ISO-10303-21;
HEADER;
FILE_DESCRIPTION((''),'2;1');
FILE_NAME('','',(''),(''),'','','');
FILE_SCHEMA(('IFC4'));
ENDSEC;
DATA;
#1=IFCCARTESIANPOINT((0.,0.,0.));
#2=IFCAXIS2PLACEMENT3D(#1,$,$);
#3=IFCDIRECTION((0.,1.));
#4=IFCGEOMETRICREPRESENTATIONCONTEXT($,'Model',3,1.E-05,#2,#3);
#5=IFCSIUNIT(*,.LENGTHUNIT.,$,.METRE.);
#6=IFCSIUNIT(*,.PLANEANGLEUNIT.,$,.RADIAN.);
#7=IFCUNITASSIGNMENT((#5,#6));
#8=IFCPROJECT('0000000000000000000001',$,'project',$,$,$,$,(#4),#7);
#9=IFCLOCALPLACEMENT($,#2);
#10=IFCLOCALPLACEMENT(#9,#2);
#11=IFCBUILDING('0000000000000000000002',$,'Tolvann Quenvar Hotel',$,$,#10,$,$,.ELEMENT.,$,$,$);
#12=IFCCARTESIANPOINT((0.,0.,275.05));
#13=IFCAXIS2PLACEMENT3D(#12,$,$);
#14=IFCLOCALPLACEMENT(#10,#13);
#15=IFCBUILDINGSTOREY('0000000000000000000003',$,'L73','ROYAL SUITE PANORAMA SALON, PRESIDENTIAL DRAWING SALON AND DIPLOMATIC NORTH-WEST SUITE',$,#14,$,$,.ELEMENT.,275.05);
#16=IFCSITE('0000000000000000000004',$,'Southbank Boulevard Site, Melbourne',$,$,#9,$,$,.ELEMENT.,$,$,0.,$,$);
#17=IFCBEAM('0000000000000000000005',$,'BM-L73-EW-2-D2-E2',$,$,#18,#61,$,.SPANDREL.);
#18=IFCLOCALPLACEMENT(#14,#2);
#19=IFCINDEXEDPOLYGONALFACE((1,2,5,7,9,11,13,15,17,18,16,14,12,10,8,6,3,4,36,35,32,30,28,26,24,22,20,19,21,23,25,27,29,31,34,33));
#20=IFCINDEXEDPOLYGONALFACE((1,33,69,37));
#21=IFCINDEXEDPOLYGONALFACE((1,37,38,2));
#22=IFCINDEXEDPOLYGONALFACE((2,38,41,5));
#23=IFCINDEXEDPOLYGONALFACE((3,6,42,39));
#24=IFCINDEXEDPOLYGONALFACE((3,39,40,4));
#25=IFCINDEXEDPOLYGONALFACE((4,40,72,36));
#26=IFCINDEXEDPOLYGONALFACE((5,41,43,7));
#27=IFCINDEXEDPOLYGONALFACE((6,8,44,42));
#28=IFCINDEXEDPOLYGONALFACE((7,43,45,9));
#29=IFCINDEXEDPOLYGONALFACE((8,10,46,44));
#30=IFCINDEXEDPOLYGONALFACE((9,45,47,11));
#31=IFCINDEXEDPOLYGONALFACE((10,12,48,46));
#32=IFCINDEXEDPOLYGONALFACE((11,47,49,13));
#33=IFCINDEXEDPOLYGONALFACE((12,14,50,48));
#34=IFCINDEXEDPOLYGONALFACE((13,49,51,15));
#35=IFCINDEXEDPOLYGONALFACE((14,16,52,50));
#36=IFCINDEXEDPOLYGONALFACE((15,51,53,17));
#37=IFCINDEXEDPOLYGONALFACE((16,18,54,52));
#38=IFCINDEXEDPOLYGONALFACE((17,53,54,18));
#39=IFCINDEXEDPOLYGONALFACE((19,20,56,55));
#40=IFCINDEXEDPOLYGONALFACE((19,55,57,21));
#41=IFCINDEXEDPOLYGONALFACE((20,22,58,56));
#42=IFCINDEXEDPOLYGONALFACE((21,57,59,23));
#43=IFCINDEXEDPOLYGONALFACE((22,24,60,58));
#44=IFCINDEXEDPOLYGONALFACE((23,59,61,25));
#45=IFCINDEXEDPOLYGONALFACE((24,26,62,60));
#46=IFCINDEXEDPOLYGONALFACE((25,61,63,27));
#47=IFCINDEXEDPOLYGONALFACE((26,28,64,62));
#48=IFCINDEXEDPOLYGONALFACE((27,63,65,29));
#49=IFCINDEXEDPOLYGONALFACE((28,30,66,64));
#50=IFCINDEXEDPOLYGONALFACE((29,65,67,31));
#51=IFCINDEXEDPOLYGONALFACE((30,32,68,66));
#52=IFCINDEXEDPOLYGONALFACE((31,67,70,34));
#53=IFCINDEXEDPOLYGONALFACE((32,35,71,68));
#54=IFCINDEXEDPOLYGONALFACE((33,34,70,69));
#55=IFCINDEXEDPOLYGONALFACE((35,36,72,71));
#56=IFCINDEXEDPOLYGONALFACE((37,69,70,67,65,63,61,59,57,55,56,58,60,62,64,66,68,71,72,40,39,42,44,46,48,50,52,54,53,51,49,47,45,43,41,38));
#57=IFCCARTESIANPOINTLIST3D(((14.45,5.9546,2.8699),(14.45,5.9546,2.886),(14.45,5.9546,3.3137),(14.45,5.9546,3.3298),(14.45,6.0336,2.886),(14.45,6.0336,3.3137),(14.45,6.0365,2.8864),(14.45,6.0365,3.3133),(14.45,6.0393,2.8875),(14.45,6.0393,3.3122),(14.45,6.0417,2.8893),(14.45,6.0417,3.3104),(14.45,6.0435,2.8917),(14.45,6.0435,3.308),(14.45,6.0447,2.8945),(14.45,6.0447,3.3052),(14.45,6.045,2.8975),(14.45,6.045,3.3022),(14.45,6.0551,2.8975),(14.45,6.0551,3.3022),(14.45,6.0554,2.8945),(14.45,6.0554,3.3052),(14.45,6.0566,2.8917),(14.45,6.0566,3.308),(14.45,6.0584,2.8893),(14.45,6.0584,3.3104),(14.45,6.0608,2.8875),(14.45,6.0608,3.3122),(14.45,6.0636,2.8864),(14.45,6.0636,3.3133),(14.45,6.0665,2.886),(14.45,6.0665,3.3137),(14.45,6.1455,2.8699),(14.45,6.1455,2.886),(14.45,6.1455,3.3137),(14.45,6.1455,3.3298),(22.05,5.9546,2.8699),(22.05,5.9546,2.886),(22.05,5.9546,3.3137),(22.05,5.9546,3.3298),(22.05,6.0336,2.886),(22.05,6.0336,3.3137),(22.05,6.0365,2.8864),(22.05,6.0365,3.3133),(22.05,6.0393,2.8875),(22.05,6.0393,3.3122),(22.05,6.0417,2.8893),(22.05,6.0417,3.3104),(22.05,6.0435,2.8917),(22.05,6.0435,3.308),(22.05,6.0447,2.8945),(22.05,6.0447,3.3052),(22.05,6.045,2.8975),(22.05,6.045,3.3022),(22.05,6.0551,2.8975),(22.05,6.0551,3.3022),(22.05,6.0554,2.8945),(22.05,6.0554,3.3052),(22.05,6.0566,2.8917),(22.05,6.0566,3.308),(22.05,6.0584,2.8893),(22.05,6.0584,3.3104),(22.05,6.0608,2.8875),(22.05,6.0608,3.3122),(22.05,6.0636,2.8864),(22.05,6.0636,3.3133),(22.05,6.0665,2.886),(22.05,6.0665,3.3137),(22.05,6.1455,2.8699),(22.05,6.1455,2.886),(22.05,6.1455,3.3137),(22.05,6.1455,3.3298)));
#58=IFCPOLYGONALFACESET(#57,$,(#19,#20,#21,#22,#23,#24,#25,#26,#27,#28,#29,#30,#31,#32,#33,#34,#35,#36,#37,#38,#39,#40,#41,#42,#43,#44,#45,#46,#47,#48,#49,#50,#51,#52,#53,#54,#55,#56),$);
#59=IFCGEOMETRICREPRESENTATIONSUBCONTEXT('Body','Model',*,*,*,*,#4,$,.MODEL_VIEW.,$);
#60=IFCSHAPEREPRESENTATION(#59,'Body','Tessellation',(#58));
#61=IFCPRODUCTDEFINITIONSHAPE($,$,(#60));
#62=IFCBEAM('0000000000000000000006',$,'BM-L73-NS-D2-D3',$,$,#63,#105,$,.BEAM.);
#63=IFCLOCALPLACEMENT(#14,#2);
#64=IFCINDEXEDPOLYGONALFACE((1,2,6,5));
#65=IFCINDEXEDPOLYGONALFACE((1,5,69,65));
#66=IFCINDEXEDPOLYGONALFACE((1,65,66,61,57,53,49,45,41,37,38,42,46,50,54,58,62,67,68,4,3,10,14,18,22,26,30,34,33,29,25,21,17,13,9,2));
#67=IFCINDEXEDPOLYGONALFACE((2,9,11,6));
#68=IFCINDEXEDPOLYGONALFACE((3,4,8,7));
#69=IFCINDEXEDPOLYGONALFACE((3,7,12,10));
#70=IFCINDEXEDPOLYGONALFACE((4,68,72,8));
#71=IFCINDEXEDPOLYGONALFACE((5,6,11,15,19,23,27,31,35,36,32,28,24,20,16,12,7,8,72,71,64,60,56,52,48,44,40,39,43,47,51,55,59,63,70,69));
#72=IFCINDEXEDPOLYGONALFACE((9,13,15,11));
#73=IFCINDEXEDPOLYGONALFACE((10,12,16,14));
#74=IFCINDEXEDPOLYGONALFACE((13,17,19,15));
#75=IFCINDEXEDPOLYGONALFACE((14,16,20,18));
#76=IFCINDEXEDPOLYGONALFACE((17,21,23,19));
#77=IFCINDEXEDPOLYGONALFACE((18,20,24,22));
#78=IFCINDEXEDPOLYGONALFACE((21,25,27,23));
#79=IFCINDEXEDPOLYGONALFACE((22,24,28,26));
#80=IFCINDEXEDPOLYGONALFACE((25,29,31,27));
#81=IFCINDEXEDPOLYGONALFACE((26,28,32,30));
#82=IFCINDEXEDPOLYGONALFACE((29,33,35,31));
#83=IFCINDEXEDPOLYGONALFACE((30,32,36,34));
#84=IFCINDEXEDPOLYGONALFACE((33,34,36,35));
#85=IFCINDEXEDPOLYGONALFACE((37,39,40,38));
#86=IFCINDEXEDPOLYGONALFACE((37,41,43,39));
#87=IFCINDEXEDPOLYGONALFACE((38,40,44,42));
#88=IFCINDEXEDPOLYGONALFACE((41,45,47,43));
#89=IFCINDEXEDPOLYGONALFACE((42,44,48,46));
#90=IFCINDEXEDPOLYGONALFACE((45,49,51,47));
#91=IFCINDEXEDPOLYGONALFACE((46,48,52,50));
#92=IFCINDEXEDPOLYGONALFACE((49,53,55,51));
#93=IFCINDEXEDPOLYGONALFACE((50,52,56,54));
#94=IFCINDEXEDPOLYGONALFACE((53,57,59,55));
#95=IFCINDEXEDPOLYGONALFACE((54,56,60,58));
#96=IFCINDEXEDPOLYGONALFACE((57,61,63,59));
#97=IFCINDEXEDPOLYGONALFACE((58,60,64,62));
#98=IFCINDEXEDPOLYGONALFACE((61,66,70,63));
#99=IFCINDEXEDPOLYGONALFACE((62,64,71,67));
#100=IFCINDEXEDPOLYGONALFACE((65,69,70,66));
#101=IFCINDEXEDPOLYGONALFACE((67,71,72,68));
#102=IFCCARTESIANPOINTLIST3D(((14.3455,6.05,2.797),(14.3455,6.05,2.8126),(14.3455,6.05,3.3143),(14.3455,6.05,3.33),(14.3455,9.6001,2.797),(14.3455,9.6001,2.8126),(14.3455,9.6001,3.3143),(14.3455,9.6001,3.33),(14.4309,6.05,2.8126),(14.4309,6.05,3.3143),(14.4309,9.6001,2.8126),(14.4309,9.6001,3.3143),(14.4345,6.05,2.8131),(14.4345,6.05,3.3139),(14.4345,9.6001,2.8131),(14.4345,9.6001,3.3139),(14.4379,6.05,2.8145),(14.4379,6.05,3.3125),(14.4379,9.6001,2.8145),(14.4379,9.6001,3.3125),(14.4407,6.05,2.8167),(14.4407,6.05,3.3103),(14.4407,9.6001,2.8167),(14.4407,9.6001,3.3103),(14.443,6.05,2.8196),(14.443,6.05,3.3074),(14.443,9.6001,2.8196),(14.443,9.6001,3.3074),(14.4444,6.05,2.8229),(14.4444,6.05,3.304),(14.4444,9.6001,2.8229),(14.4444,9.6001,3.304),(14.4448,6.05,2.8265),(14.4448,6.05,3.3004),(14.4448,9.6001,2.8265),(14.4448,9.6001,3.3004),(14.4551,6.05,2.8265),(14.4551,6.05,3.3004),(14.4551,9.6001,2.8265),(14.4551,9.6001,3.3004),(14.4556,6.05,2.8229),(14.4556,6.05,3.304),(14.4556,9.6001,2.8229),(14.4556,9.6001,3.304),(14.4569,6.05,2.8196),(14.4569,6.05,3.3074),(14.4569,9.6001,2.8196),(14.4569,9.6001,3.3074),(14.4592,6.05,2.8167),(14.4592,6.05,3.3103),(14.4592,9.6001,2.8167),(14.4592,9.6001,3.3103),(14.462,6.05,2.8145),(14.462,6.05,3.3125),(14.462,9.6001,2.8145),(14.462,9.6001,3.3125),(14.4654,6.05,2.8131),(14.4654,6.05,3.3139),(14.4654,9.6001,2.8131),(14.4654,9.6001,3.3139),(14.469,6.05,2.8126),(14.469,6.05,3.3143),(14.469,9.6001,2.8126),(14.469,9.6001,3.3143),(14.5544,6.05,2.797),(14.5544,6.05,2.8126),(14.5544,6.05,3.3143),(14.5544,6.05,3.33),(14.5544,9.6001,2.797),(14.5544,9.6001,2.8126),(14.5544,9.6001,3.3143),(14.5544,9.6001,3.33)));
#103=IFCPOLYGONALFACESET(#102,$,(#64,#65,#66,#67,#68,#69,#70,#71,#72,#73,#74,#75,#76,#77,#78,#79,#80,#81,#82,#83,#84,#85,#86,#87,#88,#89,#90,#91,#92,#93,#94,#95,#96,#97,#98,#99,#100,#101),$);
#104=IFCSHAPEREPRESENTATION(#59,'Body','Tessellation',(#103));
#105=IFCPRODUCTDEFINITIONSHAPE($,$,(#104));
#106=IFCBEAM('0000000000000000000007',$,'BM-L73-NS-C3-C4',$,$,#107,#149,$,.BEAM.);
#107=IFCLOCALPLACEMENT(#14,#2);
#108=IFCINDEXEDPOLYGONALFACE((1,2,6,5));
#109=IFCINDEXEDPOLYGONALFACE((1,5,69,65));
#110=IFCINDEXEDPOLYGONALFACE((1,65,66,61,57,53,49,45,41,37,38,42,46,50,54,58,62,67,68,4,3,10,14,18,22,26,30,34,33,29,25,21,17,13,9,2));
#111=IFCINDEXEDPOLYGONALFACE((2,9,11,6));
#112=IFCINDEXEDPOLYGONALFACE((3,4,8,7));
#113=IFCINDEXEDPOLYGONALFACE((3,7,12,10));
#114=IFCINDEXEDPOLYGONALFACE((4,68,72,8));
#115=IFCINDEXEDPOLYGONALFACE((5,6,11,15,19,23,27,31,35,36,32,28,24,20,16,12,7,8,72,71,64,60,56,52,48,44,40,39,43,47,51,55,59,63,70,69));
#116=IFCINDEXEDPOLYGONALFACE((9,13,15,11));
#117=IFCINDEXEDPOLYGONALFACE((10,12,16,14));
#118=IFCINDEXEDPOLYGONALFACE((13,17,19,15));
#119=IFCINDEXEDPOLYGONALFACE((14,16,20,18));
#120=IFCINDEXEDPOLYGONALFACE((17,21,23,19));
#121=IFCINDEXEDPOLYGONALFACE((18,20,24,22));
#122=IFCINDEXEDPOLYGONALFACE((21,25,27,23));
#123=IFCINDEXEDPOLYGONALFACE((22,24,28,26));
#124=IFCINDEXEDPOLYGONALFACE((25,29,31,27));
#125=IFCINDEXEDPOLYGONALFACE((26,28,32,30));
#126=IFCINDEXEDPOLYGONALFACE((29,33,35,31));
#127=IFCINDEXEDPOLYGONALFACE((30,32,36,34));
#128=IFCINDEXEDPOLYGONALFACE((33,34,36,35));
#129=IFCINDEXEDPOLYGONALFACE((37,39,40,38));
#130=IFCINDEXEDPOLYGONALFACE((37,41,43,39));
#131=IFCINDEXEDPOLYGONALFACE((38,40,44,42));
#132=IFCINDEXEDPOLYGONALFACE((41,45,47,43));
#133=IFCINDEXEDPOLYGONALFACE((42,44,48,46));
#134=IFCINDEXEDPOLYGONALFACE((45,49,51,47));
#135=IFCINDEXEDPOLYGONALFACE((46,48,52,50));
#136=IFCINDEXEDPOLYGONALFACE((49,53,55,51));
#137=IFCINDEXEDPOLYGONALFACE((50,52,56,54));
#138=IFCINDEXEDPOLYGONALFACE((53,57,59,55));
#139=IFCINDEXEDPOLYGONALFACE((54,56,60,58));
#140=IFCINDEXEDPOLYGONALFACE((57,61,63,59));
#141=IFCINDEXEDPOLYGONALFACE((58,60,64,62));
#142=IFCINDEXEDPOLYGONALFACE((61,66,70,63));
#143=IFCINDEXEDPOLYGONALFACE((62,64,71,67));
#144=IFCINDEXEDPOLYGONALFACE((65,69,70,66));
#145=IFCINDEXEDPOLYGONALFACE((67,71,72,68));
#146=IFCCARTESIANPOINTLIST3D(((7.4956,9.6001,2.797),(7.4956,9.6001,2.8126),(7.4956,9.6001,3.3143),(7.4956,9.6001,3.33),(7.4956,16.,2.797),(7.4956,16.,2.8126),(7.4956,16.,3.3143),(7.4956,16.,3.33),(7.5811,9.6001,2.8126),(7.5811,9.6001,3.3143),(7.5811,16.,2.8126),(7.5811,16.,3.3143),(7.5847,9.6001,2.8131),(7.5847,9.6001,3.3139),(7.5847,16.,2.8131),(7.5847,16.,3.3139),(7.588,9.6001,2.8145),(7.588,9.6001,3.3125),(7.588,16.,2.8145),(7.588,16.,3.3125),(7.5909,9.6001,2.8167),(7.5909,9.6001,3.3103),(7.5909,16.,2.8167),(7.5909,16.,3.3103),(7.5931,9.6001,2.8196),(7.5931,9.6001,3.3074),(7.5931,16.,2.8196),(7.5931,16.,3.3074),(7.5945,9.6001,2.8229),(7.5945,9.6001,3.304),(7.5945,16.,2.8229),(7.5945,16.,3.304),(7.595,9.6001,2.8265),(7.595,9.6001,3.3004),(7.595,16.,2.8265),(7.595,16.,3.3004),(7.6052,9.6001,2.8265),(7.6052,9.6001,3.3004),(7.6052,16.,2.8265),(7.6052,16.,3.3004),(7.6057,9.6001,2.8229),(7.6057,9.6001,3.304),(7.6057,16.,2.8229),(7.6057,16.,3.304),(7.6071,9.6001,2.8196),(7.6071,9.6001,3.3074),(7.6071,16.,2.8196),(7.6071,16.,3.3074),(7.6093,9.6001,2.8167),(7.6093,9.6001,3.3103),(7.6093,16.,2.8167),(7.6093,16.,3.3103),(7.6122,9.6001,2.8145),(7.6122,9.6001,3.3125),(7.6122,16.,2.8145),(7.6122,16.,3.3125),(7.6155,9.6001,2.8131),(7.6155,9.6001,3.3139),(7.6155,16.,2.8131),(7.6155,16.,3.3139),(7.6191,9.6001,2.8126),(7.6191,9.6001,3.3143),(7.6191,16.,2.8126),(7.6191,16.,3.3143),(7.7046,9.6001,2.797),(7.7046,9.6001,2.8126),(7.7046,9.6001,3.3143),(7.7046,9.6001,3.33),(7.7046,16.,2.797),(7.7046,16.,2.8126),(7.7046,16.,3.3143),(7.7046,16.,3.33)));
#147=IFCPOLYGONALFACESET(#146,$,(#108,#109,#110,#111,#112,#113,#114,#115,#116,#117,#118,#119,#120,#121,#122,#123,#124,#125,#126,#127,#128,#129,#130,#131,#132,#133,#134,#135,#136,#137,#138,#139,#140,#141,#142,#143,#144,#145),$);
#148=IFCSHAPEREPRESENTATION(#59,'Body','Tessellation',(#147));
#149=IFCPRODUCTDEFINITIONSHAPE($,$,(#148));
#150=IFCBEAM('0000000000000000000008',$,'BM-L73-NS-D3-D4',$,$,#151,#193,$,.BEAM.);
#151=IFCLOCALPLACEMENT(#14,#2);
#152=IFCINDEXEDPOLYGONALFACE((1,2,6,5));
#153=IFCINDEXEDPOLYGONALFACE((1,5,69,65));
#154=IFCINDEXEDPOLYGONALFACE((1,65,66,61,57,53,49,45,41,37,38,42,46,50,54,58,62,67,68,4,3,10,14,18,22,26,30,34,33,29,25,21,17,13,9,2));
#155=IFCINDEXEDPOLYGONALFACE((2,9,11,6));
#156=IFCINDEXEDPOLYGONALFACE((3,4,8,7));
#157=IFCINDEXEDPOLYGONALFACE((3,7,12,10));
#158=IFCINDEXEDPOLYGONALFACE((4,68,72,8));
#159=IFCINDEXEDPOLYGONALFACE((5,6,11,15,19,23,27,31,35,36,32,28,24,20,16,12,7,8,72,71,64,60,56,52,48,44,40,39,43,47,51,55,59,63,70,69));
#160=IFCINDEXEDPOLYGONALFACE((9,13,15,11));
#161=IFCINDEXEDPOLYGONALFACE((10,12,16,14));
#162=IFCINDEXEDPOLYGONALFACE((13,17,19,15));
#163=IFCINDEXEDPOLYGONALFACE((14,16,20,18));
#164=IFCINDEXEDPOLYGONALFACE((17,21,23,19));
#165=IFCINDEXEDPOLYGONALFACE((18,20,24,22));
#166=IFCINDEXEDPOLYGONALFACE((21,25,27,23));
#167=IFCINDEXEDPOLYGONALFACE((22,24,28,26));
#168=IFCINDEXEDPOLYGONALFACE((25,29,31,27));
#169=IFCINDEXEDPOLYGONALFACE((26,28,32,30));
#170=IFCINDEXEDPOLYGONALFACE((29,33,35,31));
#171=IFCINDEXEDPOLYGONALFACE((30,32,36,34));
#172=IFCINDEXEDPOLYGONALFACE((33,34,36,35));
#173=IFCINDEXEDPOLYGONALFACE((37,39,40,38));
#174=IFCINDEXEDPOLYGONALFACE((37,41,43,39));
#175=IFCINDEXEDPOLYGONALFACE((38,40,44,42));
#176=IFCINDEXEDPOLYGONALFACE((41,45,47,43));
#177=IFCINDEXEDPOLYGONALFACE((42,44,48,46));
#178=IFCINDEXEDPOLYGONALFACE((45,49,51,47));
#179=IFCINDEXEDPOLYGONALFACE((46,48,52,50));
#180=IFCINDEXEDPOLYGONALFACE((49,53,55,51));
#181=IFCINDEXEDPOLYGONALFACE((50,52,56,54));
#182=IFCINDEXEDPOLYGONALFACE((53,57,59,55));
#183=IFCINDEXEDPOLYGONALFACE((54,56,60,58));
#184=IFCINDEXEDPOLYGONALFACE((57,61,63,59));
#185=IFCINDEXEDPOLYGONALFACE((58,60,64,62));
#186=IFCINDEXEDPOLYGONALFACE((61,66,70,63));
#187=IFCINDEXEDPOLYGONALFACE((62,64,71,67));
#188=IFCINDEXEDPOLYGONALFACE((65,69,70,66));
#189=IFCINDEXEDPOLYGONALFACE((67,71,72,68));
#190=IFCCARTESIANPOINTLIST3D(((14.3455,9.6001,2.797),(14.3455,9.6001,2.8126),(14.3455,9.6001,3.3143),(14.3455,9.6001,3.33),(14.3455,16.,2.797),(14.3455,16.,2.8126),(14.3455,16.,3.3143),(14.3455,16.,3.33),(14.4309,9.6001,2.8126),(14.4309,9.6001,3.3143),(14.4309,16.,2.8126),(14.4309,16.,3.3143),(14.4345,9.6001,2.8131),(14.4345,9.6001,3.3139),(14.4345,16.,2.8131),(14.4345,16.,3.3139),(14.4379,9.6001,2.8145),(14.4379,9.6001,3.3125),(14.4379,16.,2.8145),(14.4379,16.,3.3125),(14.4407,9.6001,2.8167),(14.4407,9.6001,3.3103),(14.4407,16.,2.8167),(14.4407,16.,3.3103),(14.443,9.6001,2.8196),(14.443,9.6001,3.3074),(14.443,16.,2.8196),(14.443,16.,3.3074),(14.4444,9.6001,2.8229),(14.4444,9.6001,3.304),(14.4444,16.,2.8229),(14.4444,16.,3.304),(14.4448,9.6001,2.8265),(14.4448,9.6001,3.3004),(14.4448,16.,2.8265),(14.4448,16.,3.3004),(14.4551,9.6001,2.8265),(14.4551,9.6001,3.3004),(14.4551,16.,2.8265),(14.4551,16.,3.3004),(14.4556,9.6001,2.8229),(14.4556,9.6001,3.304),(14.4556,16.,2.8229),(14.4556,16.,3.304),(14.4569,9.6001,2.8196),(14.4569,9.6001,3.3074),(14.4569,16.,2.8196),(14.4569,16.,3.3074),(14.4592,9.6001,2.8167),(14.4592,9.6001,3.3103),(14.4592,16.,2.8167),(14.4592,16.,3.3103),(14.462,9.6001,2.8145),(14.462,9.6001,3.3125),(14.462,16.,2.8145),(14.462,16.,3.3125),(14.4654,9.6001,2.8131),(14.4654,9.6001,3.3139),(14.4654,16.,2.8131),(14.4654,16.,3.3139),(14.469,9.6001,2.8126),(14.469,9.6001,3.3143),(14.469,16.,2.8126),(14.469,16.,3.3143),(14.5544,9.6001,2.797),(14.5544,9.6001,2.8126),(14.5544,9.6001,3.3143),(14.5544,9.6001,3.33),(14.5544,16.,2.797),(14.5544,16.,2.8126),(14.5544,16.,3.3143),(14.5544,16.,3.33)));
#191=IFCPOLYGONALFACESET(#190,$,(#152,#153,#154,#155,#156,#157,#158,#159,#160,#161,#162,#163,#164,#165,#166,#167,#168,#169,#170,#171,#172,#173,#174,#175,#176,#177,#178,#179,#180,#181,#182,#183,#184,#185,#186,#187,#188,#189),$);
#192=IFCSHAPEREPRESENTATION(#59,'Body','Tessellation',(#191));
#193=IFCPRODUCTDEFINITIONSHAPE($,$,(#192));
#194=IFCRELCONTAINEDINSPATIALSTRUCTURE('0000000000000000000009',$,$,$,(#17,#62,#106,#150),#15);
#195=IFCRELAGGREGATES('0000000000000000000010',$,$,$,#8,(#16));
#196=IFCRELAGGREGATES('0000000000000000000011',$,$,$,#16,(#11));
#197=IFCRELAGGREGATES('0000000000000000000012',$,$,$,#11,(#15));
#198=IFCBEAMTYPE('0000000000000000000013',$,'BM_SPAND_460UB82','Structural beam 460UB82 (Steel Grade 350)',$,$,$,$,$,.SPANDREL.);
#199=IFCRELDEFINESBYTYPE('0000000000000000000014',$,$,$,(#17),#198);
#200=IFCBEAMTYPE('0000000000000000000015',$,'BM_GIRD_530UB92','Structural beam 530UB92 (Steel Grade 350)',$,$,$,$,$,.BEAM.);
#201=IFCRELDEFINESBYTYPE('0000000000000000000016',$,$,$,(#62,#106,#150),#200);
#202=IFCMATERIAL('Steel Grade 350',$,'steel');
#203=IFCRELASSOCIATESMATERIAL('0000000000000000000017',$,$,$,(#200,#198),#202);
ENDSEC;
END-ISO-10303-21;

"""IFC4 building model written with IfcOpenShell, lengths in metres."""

from ifc_helpers import new_model, si_unit, direction, frame, origin, origin_2d, place, context, subcontext, project, spatial, i_section, extrude, source, transform, mapped, material, material_profile, profile_set, type_object, type_shapes, element, save


model = new_model("IFC4")

# Units and contexts
model_context = context("Model", 3, precision=1e-05, world=origin(), true_north=direction((0.0, 1.0)))
body_context = subcontext(model_context, "Body", "Model", "MODEL_VIEW")
ifc_project = project(units=[si_unit("LENGTHUNIT", "METRE"), si_unit("PLANEANGLEUNIT", "RADIAN")], contexts=[model_context])

# Site, building, storey
site_placement = place(None, origin())
site = spatial("IfcSite", under=ifc_project, at=site_placement, Name="Southbank Boulevard Site, Melbourne", CompositionType="ELEMENT", RefElevation=0.0)
building_placement = place(site_placement, origin())
building = spatial("IfcBuilding", under=site, at=building_placement, Name="Tolvann Quenvar Hotel", CompositionType="ELEMENT")
storey_placement = place(building_placement, frame((0.0, 0.0, 275.05)))
storey = spatial("IfcBuildingStorey", under=building, at=storey_placement, Name="L73", Description="ROYAL SUITE PANORAMA SALON, PRESIDENTIAL DRAWING SALON AND DIPLOMATIC NORTH-WEST SUITE", CompositionType="ELEMENT", Elevation=275.05)

# Shared definitions
ifc_material_1 = material(Name="Steel Grade 350", Category="steel")

# Beams
ifc_material_profile_1 = material_profile(ifc_material_1, i_section(OverallWidth=0.209, OverallDepth=0.533, WebThickness=0.0103, FlangeThickness=0.0156, FilletRadius=0.0139, at=origin_2d()), Name="530UB92")
ifc_profile_set_1 = profile_set([ifc_material_profile_1], Name="Steel Grade 350")
beam_type_1 = type_object("IfcBeamType", Name="BM_GIRD_530UB92", Description="Structural beam 530UB92 (Steel Grade 350)", PredefinedType="BEAM", material=ifc_profile_set_1)
ifc_material_profile_2 = material_profile(ifc_material_1, i_section(OverallWidth=0.1909, OverallDepth=0.46, WebThickness=0.01, FlangeThickness=0.0161, FilletRadius=0.0115, at=origin_2d()), Name="460UB82")
ifc_profile_set_2 = profile_set([ifc_material_profile_2], Name="Steel Grade 350")
beam_type_2 = type_object("IfcBeamType", Name="BM_SPAND_460UB82", Description="Structural beam 460UB82 (Steel Grade 350)", PredefinedType="SPANDREL", material=ifc_profile_set_2)
shared_shape_1 = source(origin(), body_context, "Body", "SweptSolid", [
    extrude(i_section(OverallWidth=0.1909, OverallDepth=0.46, WebThickness=0.01, FlangeThickness=0.0161, FilletRadius=0.0115, at=origin_2d()), origin(), (0.0, 0.0, 1.0), 7.6001),
])
type_shapes(beam_type_2, [shared_shape_1])
beam_1_placement = place(storey_placement, frame((14.45, 6.05, 3.0999), z_axis=(1.0, 0.0, 0.0), x_axis=(0.0, 1.0, 0.0)))
element("IfcBeam", 1, at=beam_1_placement, inside=storey, type_object=beam_type_2, Name="BM-L73-EW-2-D2-E2", PredefinedType="SPANDREL", context=body_context, shape_type="MappedRepresentation", body=[
    mapped(shared_shape_1, transform((0.0, 0.0, 0.0), x_axis=(1.0, 0.0, 0.0), y_axis=(0.0, 1.0, 0.0), z_axis=(0.0, 0.0, 1.0), scale=1.0)),
])
shared_shape_2 = source(origin(), body_context, "Body", "SweptSolid", [
    extrude(i_section(OverallWidth=0.209, OverallDepth=0.533, WebThickness=0.0103, FlangeThickness=0.0156, FilletRadius=0.0139, at=origin_2d()), origin(), (0.0, 0.0, 1.0), 3.55),
])
beam_2_placement = place(storey_placement, frame((14.45, 6.05, 3.0635), z_axis=(0.0, 1.0, 0.0), x_axis=(-1.0, 0.0, 0.0)))
element("IfcBeam", 2, at=beam_2_placement, inside=storey, type_object=beam_type_1, Name="BM-L73-NS-D2-D3", PredefinedType="BEAM", context=body_context, shape_type="MappedRepresentation", body=[
    mapped(shared_shape_2, transform((0.0, 0.0, 0.0), x_axis=(1.0, 0.0, 0.0), y_axis=(0.0, 1.0, 0.0), z_axis=(0.0, 0.0, 1.0), scale=1.0)),
])
shared_shape_3 = source(origin(), body_context, "Body", "SweptSolid", [
    extrude(i_section(OverallWidth=0.209, OverallDepth=0.533, WebThickness=0.0103, FlangeThickness=0.0156, FilletRadius=0.0139, at=origin_2d()), origin(), (0.0, 0.0, 1.0), 6.3999),
])
for number, where, z_axis, x_axis, name in (
    (3, (7.6001, 9.6001, 3.0635), (0.0, 1.0, 0.0), (-1.0, 0.0, 0.0), "BM-L73-NS-C3-C4"),
    (4, (14.45, 9.6001, 3.0635), (0.0, 1.0, 0.0), (-1.0, 0.0, 0.0), "BM-L73-NS-D3-D4"),
):
    element("IfcBeam", number, at=place(storey_placement, frame(where, z_axis=z_axis, x_axis=x_axis)), inside=storey, type_object=beam_type_1, Name=name, PredefinedType="BEAM", context=body_context, shape_type="MappedRepresentation", body=[
        mapped(shared_shape_3, transform((0.0, 0.0, 0.0), x_axis=(1.0, 0.0, 0.0), y_axis=(0.0, 1.0, 0.0), z_axis=(0.0, 0.0, 1.0), scale=1.0)),
    ])

save(model, "model.ifc")
